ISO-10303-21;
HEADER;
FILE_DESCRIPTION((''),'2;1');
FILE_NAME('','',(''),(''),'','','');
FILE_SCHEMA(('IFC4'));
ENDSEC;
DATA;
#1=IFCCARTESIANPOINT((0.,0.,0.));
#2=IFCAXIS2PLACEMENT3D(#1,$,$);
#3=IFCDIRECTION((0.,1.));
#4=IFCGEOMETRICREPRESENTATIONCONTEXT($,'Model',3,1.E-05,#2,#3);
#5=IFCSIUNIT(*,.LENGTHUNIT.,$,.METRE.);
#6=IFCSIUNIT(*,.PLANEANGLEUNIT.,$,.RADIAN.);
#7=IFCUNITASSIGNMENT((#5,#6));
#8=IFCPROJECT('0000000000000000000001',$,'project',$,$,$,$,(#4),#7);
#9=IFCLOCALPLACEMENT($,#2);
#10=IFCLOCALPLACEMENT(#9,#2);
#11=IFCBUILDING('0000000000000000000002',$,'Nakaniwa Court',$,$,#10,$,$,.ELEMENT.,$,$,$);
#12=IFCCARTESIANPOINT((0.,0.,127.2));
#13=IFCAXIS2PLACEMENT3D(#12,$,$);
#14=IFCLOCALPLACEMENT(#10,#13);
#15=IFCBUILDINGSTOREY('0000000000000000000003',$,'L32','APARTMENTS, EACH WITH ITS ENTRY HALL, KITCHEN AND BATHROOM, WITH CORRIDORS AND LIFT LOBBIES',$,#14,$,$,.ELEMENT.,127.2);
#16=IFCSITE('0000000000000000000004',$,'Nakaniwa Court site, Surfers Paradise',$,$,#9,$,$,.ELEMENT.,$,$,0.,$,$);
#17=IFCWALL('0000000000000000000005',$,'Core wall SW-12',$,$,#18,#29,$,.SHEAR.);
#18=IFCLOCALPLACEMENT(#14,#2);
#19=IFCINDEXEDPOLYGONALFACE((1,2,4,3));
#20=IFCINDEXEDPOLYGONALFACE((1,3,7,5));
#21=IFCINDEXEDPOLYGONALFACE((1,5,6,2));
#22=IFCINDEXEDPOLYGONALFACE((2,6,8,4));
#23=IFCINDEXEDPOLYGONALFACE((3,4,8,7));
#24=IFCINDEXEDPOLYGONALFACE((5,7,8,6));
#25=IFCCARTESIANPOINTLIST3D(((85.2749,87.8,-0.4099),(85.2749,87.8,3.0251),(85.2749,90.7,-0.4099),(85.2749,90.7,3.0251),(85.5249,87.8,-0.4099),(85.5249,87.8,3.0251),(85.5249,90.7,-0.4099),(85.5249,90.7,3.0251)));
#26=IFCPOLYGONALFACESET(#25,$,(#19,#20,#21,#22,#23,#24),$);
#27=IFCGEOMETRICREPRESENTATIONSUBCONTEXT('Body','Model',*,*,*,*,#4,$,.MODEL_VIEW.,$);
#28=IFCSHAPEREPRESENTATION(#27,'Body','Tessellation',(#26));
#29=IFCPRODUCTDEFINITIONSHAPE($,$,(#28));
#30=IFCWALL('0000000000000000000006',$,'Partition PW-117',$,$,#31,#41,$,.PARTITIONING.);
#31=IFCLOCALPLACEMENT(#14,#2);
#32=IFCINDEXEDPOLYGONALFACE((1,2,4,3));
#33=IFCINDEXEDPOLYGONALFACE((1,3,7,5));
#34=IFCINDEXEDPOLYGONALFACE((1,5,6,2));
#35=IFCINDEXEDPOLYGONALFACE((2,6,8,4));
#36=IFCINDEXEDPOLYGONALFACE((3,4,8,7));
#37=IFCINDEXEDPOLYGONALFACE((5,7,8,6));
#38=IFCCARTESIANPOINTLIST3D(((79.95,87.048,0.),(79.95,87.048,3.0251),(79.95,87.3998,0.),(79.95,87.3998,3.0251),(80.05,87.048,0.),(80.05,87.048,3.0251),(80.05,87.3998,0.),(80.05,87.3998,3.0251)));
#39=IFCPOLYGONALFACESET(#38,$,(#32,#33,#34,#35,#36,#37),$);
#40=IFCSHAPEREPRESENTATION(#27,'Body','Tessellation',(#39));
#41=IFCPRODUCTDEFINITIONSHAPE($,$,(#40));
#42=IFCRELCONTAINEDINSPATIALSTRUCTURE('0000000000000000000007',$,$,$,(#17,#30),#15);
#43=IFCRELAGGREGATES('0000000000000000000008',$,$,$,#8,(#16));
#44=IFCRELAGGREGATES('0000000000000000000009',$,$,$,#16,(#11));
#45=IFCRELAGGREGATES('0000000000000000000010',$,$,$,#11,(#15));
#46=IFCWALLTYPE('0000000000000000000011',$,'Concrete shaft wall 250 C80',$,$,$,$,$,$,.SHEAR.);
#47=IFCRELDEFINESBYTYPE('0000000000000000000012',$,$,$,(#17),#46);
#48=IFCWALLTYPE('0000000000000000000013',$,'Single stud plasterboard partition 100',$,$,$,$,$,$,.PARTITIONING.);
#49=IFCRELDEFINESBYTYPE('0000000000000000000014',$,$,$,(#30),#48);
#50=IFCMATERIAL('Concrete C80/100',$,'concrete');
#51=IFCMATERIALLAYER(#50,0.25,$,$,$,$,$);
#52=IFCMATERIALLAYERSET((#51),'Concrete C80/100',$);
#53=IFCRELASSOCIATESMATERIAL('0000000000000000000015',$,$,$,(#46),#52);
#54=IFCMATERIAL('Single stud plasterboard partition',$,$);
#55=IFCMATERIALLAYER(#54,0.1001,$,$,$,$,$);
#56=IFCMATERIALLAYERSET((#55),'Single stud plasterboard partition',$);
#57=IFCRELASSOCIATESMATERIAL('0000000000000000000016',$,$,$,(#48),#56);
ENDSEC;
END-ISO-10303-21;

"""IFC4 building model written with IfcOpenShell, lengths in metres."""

from ifc_helpers import new_model, si_unit, direction, frame, frame_2d, origin, place, context, subcontext, project, spatial, rectangle, extrude, material, layer, layer_set, type_object, element, save


model = new_model("IFC4")

# Units and contexts
model_context = context("Model", 3, precision=1e-05, world=origin(), true_north=direction((0.0, 1.0)))
body_context = subcontext(model_context, "Body", "Model", "MODEL_VIEW")
ifc_project = project(units=[si_unit("LENGTHUNIT", "METRE"), si_unit("PLANEANGLEUNIT", "RADIAN")], contexts=[model_context])

# Site, building, storey
site_placement = place(None, origin())
site = spatial("IfcSite", under=ifc_project, at=site_placement, Name="Nakaniwa Court site, Surfers Paradise", CompositionType="ELEMENT", RefElevation=0.0)
building_placement = place(site_placement, origin())
building = spatial("IfcBuilding", under=site, at=building_placement, Name="Nakaniwa Court", CompositionType="ELEMENT")
storey_placement = place(building_placement, frame((0.0, 0.0, 127.2)))
storey = spatial("IfcBuildingStorey", under=building, at=storey_placement, Name="L32", Description="APARTMENTS, EACH WITH ITS ENTRY HALL, KITCHEN AND BATHROOM, WITH CORRIDORS AND LIFT LOBBIES", CompositionType="ELEMENT", Elevation=127.2)

# Shared definitions
ifc_material_1 = material(Name="Concrete C80/100", Category="concrete")

# Walls
ifc_layer_1 = layer(ifc_material_1, 0.25)
ifc_layer_set_1 = layer_set([ifc_layer_1], Name="Concrete C80/100")
wall_type_1 = type_object("IfcWallType", Name="Concrete shaft wall 250 C80", PredefinedType="SHEAR", material=ifc_layer_set_1)
for number, where, z_axis, x_axis, name in (
    (1, (85.3999, 87.8, -0.4099), (0.0, 0.0, 1.0), (0.0, 1.0, 0.0), "Core wall SW-12"),
):
    element("IfcWall", number, at=place(storey_placement, frame(where, z_axis=z_axis, x_axis=x_axis)), inside=storey, type_object=wall_type_1, Name=name, PredefinedType="SHEAR", context=body_context, shape_type="SweptSolid", body=[
        extrude(rectangle(XDim=2.8999, YDim=0.25, at=frame_2d((1.45, 0.0))), origin(), (0.0, 0.0, 1.0), 3.4351),
    ])
ifc_material_2 = material(Name="Single stud plasterboard partition")
ifc_layer_2 = layer(ifc_material_2, 0.1001)
ifc_layer_set_2 = layer_set([ifc_layer_2], Name="Single stud plasterboard partition")
wall_type_2 = type_object("IfcWallType", Name="Single stud plasterboard partition 100", PredefinedType="PARTITIONING", material=ifc_layer_set_2)
wall_1_placement = place(storey_placement, frame((80.0, 87.0481, 0.0), z_axis=(0.0, 0.0, 1.0), x_axis=(0.0, 1.0, 0.0)))
element("IfcWall", 2, at=wall_1_placement, inside=storey, type_object=wall_type_2, Name="Partition PW-117", PredefinedType="PARTITIONING", context=body_context, shape_type="SweptSolid", body=[
    extrude(rectangle(XDim=0.3518, YDim=0.1001, at=frame_2d((0.1758, 0.0))), origin(), (0.0, 0.0, 1.0), 3.0251),
])

save(model, "model.ifc")
